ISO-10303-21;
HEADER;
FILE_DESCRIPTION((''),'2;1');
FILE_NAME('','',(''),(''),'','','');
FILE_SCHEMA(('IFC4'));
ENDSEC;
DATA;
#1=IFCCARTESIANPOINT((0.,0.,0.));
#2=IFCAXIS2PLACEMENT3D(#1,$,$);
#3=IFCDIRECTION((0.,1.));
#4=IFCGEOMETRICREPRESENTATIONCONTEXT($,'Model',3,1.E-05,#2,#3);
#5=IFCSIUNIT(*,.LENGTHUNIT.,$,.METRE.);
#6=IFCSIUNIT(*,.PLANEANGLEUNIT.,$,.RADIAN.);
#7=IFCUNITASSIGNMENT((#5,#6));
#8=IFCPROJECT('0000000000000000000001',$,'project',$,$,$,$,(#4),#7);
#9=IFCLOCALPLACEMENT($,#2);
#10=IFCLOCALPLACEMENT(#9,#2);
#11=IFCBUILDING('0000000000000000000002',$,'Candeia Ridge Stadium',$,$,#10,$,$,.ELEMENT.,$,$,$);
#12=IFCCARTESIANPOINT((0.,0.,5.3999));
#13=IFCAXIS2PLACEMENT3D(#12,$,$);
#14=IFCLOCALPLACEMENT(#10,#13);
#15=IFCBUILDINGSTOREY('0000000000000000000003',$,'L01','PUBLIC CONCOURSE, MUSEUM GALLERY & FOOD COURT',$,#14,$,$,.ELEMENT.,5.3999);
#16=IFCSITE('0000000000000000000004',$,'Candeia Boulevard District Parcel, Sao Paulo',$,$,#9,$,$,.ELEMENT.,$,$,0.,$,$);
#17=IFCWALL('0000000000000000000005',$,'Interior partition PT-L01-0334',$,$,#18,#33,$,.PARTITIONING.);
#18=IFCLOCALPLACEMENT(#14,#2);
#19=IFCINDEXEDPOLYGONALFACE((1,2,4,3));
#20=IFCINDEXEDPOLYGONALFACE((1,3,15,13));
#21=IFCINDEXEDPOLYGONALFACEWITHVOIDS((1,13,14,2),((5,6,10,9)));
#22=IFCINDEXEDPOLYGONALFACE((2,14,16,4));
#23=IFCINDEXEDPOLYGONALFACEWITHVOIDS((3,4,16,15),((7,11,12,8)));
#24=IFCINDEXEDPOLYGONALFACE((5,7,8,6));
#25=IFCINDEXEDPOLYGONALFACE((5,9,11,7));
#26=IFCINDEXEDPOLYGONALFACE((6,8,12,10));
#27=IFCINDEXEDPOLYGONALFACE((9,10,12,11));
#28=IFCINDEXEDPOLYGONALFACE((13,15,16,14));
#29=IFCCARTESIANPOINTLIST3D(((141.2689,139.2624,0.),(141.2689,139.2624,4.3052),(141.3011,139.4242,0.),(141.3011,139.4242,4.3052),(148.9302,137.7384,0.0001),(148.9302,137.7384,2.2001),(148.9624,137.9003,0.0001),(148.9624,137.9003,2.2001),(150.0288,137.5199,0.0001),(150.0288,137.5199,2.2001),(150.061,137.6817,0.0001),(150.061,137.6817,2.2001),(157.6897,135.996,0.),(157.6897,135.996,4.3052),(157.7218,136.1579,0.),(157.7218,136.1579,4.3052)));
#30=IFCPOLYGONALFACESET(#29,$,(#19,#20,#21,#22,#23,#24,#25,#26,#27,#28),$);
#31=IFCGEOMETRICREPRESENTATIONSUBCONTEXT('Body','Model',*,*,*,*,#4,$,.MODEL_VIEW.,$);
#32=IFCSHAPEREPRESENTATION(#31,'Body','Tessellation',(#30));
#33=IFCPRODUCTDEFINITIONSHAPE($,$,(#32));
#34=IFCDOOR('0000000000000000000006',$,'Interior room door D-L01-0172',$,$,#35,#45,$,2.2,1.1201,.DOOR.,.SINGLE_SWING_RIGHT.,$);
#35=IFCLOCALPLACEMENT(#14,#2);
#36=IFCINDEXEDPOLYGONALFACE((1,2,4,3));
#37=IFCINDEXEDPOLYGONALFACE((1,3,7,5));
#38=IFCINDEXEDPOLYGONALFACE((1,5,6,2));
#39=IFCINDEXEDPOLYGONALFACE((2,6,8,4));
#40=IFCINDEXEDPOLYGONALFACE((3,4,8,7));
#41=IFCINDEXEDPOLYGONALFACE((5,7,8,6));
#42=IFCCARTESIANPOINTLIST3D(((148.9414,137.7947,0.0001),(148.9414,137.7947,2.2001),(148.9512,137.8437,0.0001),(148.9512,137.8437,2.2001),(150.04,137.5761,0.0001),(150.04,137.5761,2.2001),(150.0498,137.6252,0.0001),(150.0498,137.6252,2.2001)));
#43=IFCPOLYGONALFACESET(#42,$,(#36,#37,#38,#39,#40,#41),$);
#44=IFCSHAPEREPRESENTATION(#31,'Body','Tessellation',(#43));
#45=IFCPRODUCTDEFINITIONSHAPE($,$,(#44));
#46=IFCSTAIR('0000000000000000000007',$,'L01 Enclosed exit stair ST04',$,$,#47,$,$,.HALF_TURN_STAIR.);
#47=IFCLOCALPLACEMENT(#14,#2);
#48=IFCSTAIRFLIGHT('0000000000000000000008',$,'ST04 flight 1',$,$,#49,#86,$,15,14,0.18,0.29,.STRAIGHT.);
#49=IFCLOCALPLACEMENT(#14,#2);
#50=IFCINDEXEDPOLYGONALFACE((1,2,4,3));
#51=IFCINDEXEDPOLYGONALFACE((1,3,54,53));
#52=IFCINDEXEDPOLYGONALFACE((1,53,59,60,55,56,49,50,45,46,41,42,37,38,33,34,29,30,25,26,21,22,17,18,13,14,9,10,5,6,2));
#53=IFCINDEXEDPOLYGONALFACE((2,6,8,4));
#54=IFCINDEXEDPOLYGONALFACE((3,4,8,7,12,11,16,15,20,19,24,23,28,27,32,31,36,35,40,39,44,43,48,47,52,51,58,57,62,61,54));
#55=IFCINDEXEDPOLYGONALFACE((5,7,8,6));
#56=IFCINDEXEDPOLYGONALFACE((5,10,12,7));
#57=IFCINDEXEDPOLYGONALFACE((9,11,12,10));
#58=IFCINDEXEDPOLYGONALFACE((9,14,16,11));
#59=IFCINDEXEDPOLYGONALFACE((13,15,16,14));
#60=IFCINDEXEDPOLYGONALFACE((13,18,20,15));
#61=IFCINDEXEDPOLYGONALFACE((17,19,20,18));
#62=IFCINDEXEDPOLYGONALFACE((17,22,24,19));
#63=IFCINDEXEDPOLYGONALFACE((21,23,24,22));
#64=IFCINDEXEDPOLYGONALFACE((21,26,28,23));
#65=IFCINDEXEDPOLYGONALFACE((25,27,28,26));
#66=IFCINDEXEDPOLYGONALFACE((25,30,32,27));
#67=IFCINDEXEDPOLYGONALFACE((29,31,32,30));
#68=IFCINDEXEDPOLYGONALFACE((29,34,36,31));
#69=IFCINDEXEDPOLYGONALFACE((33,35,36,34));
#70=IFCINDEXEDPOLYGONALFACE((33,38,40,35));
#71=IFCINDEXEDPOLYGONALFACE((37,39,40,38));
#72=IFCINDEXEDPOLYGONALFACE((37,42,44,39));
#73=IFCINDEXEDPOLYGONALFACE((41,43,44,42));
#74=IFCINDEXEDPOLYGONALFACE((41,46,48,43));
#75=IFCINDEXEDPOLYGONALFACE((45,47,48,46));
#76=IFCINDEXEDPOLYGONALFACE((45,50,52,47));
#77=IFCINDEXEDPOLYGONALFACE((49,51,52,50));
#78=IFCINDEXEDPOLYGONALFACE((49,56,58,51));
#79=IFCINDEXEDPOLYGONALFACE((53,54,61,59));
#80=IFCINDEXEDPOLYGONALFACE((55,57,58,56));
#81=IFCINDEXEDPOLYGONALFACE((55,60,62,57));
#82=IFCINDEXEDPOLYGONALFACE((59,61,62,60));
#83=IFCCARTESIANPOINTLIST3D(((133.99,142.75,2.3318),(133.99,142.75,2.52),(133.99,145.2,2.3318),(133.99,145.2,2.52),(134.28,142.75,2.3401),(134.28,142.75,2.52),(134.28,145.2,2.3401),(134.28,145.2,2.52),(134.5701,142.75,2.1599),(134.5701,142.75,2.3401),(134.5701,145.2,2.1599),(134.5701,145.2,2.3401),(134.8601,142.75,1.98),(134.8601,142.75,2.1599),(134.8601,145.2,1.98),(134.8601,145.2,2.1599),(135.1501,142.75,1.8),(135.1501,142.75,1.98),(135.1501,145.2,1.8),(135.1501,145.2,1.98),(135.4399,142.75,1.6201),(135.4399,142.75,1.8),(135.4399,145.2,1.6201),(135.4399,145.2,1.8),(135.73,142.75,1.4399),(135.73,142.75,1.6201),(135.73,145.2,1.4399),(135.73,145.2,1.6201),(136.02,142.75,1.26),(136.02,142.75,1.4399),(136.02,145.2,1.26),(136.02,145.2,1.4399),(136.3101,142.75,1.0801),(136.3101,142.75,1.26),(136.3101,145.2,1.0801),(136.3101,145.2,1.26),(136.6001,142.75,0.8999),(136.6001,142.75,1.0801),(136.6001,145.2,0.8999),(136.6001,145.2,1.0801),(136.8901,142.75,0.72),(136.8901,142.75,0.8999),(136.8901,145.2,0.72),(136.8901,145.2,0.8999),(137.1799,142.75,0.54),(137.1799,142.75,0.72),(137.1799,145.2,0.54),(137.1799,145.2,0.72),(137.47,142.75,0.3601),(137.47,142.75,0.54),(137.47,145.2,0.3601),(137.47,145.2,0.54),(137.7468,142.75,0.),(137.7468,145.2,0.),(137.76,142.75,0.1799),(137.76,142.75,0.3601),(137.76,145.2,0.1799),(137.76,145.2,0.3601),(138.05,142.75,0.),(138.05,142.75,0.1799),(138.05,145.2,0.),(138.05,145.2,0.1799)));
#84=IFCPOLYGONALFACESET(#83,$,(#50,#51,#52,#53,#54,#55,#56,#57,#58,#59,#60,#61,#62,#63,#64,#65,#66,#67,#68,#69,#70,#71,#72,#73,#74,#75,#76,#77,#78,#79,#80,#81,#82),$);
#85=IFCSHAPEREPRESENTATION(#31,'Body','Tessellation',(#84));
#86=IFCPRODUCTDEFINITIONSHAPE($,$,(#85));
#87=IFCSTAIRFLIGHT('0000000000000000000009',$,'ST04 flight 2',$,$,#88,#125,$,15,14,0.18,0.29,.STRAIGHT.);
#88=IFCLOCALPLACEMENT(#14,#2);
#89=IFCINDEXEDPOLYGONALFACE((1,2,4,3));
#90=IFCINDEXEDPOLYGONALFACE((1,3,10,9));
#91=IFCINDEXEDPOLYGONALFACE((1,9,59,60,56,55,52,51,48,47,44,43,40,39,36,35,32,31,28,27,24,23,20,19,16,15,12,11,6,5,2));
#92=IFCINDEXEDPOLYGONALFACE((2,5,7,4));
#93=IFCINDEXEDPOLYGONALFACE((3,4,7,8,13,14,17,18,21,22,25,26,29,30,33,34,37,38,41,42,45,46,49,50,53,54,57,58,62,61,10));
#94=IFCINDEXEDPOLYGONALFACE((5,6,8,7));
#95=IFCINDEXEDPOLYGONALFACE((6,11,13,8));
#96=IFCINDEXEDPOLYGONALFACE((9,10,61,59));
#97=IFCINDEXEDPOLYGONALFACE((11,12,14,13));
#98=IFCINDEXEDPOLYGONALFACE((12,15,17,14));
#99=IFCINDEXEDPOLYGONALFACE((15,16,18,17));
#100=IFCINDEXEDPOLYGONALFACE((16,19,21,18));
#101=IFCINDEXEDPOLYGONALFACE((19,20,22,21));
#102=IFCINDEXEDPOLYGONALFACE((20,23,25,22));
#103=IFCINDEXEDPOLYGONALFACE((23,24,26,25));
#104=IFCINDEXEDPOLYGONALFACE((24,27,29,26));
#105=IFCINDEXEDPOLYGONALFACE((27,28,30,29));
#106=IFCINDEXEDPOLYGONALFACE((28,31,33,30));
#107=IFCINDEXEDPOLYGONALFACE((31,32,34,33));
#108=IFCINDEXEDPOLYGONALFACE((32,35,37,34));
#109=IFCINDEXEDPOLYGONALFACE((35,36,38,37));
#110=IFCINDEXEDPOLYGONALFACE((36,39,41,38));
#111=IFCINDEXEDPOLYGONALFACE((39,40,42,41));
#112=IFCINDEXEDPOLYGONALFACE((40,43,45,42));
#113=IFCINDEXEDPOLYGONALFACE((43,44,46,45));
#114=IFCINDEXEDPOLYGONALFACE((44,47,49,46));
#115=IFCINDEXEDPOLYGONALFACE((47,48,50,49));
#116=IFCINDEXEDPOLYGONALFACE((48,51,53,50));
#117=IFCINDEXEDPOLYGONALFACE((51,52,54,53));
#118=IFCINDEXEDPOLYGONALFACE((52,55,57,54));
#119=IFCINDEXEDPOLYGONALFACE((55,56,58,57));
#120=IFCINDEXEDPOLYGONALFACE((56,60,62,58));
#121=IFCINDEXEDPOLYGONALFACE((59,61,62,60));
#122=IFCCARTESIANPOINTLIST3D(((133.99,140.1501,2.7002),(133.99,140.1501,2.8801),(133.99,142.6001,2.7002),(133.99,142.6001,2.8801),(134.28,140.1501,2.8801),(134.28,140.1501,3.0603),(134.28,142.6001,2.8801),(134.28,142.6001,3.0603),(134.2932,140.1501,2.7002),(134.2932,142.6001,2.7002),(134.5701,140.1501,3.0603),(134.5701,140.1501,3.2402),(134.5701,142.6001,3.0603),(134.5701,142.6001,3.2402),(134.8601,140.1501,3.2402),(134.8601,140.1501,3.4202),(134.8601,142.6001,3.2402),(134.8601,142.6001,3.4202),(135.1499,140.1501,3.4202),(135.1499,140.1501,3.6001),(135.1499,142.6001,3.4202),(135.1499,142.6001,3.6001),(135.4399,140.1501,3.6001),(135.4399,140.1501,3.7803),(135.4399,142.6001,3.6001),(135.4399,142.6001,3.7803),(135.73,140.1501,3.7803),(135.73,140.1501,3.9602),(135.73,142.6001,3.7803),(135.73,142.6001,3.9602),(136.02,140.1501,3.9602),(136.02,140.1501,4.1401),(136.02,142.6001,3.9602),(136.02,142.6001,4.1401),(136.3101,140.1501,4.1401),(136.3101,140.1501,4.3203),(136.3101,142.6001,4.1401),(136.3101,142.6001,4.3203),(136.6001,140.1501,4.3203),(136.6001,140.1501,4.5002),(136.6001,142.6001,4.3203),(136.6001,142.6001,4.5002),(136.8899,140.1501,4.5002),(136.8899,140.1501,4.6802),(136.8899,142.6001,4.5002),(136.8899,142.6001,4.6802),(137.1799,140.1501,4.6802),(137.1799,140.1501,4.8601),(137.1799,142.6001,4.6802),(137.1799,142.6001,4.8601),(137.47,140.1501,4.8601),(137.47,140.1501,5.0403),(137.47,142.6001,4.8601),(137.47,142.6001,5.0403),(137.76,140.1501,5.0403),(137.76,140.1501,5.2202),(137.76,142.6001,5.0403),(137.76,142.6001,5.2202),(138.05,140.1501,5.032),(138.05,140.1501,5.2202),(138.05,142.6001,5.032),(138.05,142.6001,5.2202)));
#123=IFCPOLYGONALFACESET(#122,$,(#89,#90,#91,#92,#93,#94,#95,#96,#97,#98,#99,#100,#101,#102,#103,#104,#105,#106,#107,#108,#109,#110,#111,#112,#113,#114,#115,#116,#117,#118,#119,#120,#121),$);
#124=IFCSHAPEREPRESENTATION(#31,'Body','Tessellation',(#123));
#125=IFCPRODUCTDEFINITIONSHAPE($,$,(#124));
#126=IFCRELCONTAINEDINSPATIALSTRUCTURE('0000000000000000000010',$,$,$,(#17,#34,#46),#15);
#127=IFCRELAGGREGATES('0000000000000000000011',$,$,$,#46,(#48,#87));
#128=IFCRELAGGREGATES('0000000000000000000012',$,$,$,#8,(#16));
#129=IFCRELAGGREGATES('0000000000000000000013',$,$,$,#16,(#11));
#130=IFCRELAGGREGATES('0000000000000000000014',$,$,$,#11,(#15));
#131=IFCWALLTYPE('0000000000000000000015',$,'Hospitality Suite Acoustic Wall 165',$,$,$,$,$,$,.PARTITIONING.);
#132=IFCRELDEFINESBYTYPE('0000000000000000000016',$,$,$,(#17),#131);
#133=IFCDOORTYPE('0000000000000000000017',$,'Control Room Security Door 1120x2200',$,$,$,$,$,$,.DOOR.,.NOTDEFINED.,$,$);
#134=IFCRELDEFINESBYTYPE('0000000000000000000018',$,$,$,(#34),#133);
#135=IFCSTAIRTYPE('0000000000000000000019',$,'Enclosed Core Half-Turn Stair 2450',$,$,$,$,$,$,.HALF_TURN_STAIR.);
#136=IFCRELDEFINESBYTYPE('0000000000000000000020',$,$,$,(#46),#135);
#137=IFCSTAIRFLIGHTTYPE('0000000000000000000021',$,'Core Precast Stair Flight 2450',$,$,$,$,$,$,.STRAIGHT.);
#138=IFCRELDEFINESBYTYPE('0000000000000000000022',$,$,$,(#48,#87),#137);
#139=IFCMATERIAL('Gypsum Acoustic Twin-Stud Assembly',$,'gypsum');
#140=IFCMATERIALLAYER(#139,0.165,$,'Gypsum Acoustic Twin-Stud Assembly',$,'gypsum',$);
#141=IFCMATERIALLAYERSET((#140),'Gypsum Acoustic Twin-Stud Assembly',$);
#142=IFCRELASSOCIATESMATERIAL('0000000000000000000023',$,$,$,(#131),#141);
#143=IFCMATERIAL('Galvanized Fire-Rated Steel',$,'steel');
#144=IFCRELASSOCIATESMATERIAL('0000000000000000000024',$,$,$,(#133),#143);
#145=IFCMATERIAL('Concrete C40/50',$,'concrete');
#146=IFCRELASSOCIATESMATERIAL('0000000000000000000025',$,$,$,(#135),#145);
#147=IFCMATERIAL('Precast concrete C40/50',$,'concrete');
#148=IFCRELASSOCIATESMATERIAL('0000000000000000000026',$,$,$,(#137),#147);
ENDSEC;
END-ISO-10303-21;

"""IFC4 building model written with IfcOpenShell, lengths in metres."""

from ifc_helpers import new_model, si_unit, direction, frame, frame_2d, origin, place, context, subcontext, project, spatial, polyline, rectangle, outline, extrude, material, layer, layer_set, type_object, element, fill, aggregate, save


model = new_model("IFC4")

# Units and contexts
model_context = context("Model", 3, precision=1e-05, world=origin(), true_north=direction((0.0, 1.0)))
body_context = subcontext(model_context, "Body", "Model", "MODEL_VIEW")
ifc_project = project(units=[si_unit("LENGTHUNIT", "METRE"), si_unit("PLANEANGLEUNIT", "RADIAN")], contexts=[model_context])

# Site, building, storey
site_placement = place(None, origin())
site = spatial("IfcSite", under=ifc_project, at=site_placement, Name="Candeia Boulevard District Parcel, Sao Paulo", CompositionType="ELEMENT", RefElevation=0.0)
building_placement = place(site_placement, origin())
building = spatial("IfcBuilding", under=site, at=building_placement, Name="Candeia Ridge Stadium", CompositionType="ELEMENT")
storey_placement = place(building_placement, frame((0.0, 0.0, 5.3999)))
storey = spatial("IfcBuildingStorey", under=building, at=storey_placement, Name="L01", Description="PUBLIC CONCOURSE, MUSEUM GALLERY & FOOD COURT", CompositionType="ELEMENT", Elevation=5.3999)

# Shared definitions
ifc_material_1 = material(Name="Concrete C40/50", Category="concrete")

# Wall, opening, door
ifc_material_2 = material(Name="Galvanized Fire-Rated Steel", Category="steel")
ifc_material_3 = material(Name="Gypsum Acoustic Twin-Stud Assembly", Category="gypsum")
ifc_layer_1 = layer(ifc_material_3, 0.165, Name="Gypsum Acoustic Twin-Stud Assembly", Category="gypsum")
ifc_layer_set_1 = layer_set([ifc_layer_1], Name="Gypsum Acoustic Twin-Stud Assembly")
wall_type_1 = type_object("IfcWallType", Name="Hospitality Suite Acoustic Wall 165", PredefinedType="PARTITIONING", material=ifc_layer_set_1)
wall_1_placement = place(storey_placement, frame((141.2852, 139.3433, 0.0), z_axis=(0.0, 0.0, 1.0), x_axis=(0.980784, -0.195095, 0.0)))
wall_1 = element("IfcWall", 1, at=wall_1_placement, inside=storey, type_object=wall_type_1, Name="Interior partition PT-L01-0334", PredefinedType="PARTITIONING", context=body_context, shape_type="SweptSolid", body=[
    extrude(rectangle(XDim=16.7424, YDim=0.165, at=frame_2d((8.3711, 0.0))), origin(), (0.0, 0.0, 1.0), 4.3052),
])
opening_1_placement = place(wall_1_placement, frame((7.8113, 0.0, 0.0)))
opening_1 = element("IfcOpeningElement", 2, at=opening_1_placement, cuts=wall_1, PredefinedType="OPENING", context=body_context, shape_type="SweptSolid", body=[
    extrude(rectangle(XDim=1.1201, YDim=2.2, at=frame_2d((0.5601, 1.1001))), frame((0.0, 0.0925, 0.0), z_axis=(0.0, -1.0, 0.0), x_axis=(1.0, 0.0, 0.0)), (0.0, 0.0, 1.0), 0.1851),
])
door_type_1 = type_object("IfcDoorType", Name="Control Room Security Door 1120x2200", OperationType="NOTDEFINED", PredefinedType="DOOR", material=ifc_material_2)
door_1_placement = place(opening_1_placement, origin())
door_1 = element("IfcDoor", 3, at=door_1_placement, inside=storey, type_object=door_type_1, Name="Interior room door D-L01-0172", OperationType="SINGLE_SWING_RIGHT", OverallHeight=2.2, OverallWidth=1.1201, PredefinedType="DOOR", context=body_context, shape_type="SweptSolid", body=[
    extrude(rectangle(XDim=1.1201, YDim=2.2, at=frame_2d((0.5601, 1.1001))), frame((0.0, 0.0249, 0.0), z_axis=(0.0, -1.0, 0.0), x_axis=(1.0, 0.0, 0.0)), (0.0, 0.0, 1.0), 0.05),
])
fill(opening_1, door_1)

# Stair, stair flights
stair_type = type_object("IfcStairType", Name="Enclosed Core Half-Turn Stair 2450", PredefinedType="HALF_TURN_STAIR", material=ifc_material_1)
stair_placement = place(storey_placement, origin())
stair = element("IfcStair", 4, at=stair_placement, inside=storey, type_object=stair_type, Name="L01 Enclosed exit stair ST04", PredefinedType="HALF_TURN_STAIR")
ifc_material_4 = material(Name="Precast concrete C40/50", Category="concrete")
stair_flight_type = type_object("IfcStairFlightType", Name="Core Precast Stair Flight 2450", PredefinedType="STRAIGHT", material=ifc_material_4)
stair_flight_1_placement = place(storey_placement, frame((138.05, 143.9751, 0.0), z_axis=(0.0, 0.0, 1.0), x_axis=(-1.0, 0.0, 0.0)))
stair_flight_1 = element("IfcStairFlight", 5, at=stair_flight_1_placement, type_object=stair_flight_type, Name="ST04 flight 1", NumberOfRisers=15, NumberOfTreads=14, PredefinedType="STRAIGHT", RiserHeight=0.18, TreadLength=0.29, context=body_context, shape_type="SweptSolid", body=[
    extrude(outline(polyline([(0.0, 0.0), (0.0, 0.1799), (0.29, 0.1799), (0.29, 0.3601), (0.5801, 0.3601), (0.5801, 0.54), (0.8701, 0.54), (0.8701, 0.72), (1.1599, 0.72), (1.1599, 0.8999), (1.45, 0.8999), (1.45, 1.0801), (1.74, 1.0801), (1.74, 1.26), (2.03, 1.26), (2.03, 1.4399), (2.3201, 1.4399), (2.3201, 1.6201), (2.6101, 1.6201), (2.6101, 1.8), (2.8999, 1.8), (2.8999, 1.98), (3.1899, 1.98), (3.1899, 2.1599), (3.48, 2.1599), (3.48, 2.3401), (3.77, 2.3401), (3.77, 2.52), (4.0601, 2.52), (4.0601, 2.7), (4.0601, 2.3318), (0.3032, 0.0), (0.0, 0.0)])), frame((0.0, 1.2251, 0.0), z_axis=(0.0, -1.0, 0.0), x_axis=(1.0, 0.0, 0.0)), (0.0, 0.0, 1.0), 2.45),
])
stair_flight_2_placement = place(storey_placement, frame((133.99, 141.375, 2.7002), z_axis=(0.0, 0.0, 1.0), x_axis=(1.0, 0.0, 0.0)))
stair_flight_2 = element("IfcStairFlight", 6, at=stair_flight_2_placement, type_object=stair_flight_type, Name="ST04 flight 2", NumberOfRisers=15, NumberOfTreads=14, PredefinedType="STRAIGHT", RiserHeight=0.18, TreadLength=0.29, context=body_context, shape_type="SweptSolid", body=[
    extrude(outline(polyline([(0.0, 0.0), (0.0, 0.1799), (0.29, 0.1799), (0.29, 0.3601), (0.5801, 0.3601), (0.5801, 0.54), (0.8701, 0.54), (0.8701, 0.72), (1.1599, 0.72), (1.1599, 0.8999), (1.45, 0.8999), (1.45, 1.0801), (1.74, 1.0801), (1.74, 1.26), (2.03, 1.26), (2.03, 1.4399), (2.3201, 1.4399), (2.3201, 1.6201), (2.6101, 1.6201), (2.6101, 1.8), (2.8999, 1.8), (2.8999, 1.98), (3.1899, 1.98), (3.1899, 2.1599), (3.48, 2.1599), (3.48, 2.3401), (3.77, 2.3401), (3.77, 2.52), (4.0601, 2.52), (4.0601, 2.7), (4.0601, 2.3318), (0.3032, 0.0), (0.0, 0.0)])), frame((0.0, 1.2251, 0.0), z_axis=(0.0, -1.0, 0.0), x_axis=(1.0, 0.0, 0.0)), (0.0, 0.0, 1.0), 2.45),
])
aggregate(stair, [stair_flight_1, stair_flight_2])

save(model, "model.ifc")
